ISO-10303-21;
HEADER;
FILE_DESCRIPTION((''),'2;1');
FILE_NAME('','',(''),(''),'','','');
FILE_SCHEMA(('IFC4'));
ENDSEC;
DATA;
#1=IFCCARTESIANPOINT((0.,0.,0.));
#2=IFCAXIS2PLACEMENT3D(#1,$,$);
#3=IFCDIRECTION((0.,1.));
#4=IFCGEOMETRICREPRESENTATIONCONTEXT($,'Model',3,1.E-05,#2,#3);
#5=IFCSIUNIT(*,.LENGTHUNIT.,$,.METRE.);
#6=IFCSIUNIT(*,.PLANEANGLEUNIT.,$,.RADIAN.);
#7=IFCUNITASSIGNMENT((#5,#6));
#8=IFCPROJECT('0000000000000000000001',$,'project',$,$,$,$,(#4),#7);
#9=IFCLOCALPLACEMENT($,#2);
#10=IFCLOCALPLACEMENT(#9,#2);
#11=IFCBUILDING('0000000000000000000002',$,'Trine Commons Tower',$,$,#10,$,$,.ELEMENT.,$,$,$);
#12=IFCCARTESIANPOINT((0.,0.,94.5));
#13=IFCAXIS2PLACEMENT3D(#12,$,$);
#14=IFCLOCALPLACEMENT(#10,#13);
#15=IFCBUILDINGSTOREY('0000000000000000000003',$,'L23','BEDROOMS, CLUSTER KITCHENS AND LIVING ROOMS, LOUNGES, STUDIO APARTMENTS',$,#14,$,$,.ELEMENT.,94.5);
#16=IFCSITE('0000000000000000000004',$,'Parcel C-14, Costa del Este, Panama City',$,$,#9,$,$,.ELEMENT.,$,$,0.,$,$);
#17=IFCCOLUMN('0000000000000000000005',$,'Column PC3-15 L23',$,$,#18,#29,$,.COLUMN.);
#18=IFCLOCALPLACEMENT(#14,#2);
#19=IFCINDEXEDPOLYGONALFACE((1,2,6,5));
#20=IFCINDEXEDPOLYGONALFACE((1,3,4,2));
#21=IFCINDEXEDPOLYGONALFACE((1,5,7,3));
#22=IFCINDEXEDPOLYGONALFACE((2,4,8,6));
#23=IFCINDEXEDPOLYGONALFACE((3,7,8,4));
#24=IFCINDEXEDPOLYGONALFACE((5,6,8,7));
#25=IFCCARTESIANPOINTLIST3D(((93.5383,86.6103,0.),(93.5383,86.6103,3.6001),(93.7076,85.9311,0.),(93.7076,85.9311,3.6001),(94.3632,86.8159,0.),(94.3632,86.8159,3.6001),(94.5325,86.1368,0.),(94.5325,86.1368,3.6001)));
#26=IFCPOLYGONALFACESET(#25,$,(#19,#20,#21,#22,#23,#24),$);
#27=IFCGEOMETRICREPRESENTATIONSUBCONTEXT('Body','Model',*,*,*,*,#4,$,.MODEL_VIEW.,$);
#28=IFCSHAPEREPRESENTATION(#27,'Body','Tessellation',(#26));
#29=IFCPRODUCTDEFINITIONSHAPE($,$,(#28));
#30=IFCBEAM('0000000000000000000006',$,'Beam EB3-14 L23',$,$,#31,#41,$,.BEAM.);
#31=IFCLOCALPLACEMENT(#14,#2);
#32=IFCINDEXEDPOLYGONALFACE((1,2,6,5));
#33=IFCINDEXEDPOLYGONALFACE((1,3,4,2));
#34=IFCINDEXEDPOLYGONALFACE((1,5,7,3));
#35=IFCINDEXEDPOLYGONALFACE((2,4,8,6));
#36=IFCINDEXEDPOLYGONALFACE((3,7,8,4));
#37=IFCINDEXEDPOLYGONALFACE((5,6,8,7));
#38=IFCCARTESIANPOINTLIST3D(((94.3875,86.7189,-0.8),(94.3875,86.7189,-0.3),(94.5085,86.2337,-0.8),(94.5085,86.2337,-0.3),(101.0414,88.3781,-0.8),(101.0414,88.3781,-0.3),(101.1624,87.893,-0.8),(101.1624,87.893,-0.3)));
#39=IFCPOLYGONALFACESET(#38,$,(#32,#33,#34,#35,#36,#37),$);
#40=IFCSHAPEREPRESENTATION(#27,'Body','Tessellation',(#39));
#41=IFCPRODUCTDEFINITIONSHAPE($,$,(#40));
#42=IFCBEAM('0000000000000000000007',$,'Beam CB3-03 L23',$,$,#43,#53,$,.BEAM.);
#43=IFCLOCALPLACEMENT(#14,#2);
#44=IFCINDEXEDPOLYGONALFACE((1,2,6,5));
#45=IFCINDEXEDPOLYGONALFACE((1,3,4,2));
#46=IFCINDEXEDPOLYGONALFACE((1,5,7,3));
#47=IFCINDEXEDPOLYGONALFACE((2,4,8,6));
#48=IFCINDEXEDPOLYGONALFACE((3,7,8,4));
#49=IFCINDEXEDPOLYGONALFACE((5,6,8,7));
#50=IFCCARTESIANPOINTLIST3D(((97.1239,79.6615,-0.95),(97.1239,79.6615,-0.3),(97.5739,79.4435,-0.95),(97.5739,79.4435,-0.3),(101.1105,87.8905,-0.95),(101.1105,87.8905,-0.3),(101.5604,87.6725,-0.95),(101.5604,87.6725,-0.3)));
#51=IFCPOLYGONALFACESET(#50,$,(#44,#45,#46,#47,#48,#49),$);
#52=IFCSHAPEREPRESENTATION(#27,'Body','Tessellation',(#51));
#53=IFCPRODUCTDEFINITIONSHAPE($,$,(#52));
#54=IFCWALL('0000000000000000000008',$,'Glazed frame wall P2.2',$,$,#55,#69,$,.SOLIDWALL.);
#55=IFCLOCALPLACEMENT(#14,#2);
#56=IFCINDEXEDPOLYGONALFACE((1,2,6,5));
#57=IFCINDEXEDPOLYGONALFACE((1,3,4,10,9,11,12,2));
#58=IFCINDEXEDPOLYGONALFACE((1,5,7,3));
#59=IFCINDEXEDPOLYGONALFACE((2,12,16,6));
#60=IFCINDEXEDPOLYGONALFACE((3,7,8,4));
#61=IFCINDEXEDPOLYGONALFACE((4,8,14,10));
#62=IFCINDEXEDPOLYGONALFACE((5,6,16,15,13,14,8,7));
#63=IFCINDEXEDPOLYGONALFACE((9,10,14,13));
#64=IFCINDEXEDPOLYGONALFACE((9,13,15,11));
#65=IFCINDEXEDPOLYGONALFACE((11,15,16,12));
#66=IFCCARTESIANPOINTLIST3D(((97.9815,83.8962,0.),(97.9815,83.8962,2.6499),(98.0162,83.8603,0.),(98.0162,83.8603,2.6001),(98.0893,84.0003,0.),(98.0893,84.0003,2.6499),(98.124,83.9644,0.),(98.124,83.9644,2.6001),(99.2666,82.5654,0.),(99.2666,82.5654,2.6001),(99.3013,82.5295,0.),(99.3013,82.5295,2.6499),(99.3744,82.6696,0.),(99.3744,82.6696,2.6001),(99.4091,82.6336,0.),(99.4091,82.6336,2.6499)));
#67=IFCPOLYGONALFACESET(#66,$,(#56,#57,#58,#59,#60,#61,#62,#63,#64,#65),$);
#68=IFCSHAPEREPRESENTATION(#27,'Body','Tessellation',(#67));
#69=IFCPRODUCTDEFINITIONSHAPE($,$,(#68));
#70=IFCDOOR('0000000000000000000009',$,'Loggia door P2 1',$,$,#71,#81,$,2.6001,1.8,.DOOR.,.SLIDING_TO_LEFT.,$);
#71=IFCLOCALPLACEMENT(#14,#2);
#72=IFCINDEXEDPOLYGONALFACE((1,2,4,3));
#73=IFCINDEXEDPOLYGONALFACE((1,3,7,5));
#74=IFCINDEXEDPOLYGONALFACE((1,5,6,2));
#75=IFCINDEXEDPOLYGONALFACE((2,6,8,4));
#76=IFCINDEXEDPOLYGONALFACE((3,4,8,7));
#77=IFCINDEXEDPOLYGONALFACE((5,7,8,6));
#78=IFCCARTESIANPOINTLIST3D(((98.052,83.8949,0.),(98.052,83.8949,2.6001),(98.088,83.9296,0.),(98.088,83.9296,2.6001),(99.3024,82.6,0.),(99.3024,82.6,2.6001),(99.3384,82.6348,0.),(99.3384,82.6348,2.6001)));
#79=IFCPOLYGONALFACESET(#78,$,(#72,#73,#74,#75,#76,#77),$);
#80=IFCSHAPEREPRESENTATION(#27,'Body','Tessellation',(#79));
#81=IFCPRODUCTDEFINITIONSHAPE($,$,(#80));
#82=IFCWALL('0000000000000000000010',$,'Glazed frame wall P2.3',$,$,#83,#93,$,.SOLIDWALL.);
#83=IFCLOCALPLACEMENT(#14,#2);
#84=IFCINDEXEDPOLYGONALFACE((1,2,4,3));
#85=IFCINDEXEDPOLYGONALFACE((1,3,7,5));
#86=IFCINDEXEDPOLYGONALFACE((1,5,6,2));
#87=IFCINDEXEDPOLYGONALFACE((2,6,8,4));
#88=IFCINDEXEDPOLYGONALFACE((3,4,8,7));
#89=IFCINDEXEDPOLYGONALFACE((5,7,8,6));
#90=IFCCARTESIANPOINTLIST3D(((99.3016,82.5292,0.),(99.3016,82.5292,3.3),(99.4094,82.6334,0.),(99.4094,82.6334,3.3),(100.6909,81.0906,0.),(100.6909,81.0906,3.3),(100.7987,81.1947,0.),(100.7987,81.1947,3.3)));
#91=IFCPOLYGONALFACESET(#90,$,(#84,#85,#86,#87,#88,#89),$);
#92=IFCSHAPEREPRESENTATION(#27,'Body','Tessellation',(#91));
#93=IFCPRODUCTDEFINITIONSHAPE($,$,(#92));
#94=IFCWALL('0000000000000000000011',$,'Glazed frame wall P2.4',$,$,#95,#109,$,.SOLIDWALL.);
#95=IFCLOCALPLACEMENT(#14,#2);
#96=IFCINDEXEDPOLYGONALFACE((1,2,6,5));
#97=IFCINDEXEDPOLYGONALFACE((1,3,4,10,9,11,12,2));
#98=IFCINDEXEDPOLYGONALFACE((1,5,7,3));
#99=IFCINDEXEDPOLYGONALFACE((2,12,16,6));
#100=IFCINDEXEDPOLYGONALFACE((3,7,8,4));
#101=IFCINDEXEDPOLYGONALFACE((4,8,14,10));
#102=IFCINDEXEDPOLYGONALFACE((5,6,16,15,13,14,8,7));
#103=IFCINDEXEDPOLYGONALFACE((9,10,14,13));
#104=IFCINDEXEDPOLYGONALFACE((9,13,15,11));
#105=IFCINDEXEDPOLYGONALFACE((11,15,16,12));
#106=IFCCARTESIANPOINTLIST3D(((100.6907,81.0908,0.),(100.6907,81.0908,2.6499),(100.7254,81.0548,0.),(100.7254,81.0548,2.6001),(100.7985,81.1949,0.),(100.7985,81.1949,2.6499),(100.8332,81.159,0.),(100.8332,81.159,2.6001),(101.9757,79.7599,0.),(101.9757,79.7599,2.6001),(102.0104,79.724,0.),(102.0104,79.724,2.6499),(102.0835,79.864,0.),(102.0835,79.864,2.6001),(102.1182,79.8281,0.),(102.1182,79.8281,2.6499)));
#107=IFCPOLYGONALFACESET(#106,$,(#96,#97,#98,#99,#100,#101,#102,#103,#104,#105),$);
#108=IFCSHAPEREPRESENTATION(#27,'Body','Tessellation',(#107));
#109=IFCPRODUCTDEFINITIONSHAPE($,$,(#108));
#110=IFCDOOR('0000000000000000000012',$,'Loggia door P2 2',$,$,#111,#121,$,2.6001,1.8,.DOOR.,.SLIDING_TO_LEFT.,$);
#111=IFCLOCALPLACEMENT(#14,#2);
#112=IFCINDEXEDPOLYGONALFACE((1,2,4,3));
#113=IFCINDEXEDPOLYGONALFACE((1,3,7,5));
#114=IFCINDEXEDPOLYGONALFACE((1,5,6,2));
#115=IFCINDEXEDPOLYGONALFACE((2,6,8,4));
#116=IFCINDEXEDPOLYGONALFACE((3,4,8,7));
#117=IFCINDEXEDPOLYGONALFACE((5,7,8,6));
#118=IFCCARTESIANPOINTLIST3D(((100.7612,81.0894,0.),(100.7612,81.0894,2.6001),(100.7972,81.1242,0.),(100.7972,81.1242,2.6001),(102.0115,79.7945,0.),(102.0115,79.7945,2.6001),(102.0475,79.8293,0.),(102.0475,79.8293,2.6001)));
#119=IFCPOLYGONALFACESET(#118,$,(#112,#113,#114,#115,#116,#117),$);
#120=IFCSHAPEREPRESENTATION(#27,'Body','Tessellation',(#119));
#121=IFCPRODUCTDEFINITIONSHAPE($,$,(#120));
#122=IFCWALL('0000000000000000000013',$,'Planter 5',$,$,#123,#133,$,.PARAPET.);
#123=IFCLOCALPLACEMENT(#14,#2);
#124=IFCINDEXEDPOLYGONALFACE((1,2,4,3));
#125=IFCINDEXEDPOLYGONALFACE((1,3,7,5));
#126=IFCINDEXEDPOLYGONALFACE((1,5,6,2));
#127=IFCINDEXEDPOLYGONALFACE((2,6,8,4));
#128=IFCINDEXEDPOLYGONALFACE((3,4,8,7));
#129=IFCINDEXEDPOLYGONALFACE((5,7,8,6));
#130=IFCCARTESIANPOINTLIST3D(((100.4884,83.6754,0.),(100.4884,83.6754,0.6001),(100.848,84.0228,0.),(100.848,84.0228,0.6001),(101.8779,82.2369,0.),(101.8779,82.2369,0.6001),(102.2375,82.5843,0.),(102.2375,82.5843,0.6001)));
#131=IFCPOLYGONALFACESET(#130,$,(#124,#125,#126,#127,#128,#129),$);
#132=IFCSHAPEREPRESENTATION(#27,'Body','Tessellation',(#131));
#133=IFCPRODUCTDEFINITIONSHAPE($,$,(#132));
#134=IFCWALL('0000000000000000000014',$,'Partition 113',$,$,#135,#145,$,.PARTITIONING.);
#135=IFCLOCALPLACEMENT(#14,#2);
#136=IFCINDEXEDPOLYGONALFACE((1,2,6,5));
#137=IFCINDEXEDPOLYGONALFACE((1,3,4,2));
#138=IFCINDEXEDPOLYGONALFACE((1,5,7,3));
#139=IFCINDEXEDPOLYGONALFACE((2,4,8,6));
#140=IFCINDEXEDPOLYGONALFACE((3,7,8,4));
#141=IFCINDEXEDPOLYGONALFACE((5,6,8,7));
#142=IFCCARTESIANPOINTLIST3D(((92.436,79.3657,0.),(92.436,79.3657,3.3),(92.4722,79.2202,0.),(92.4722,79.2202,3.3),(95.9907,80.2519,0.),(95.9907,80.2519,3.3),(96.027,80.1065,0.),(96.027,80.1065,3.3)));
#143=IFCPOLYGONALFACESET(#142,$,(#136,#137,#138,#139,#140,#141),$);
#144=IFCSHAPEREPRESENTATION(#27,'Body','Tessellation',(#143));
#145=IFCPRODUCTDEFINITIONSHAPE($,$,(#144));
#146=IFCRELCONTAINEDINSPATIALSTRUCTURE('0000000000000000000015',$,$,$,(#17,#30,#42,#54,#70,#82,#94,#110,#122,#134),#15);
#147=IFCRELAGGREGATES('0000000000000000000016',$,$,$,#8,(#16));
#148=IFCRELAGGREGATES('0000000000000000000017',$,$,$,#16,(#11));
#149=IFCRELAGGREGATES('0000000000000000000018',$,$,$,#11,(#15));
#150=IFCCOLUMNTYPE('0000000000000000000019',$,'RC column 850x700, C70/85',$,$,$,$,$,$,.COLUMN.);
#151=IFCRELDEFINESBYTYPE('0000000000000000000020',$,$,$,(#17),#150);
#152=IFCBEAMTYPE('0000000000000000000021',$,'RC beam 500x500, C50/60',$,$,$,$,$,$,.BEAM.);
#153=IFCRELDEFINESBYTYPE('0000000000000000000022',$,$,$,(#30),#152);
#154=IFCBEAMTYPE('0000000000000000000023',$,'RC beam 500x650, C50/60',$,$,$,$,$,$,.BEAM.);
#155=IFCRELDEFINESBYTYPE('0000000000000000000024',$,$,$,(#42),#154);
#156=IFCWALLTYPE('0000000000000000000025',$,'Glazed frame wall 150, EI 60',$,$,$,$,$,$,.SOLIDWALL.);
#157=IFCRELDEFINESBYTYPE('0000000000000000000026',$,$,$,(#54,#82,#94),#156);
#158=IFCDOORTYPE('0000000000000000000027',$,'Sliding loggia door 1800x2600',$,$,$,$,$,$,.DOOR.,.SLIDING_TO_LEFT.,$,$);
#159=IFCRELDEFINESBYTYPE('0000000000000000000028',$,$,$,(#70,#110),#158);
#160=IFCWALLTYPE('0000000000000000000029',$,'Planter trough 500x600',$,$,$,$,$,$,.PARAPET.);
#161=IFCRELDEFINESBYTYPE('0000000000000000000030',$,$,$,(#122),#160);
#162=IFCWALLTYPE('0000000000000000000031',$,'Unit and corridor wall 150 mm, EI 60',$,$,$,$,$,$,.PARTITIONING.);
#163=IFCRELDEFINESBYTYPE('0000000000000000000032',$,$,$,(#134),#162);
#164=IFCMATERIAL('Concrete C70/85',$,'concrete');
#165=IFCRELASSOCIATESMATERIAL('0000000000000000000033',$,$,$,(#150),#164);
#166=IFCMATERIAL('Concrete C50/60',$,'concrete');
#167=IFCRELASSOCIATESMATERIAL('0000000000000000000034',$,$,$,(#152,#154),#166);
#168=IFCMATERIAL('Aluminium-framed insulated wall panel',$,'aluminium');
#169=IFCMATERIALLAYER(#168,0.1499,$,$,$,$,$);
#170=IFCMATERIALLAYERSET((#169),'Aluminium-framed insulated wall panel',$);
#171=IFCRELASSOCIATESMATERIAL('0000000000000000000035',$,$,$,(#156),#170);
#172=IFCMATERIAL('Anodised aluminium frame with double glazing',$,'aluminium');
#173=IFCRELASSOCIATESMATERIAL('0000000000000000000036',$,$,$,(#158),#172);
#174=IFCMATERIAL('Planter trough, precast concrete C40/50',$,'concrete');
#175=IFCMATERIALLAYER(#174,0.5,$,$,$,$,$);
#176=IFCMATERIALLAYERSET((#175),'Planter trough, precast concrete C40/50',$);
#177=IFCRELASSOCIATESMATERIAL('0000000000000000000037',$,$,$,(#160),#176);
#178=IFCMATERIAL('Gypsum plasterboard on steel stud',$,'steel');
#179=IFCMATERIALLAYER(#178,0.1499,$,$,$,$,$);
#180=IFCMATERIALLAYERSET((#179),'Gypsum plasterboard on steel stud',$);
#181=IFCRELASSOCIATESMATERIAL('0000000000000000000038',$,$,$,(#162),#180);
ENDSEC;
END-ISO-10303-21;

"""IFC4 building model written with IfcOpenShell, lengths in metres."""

from ifc_helpers import new_model, si_unit, direction, frame, frame_2d, origin, origin_2d, place, context, subcontext, project, spatial, polyline, rectangle, outline, extrude, material, layer, layer_set, material_profile, profile_set, type_object, element, fill, save


model = new_model("IFC4")

# Units and contexts
model_context = context("Model", 3, precision=1e-05, world=origin(), true_north=direction((0.0, 1.0)))
body_context = subcontext(model_context, "Body", "Model", "MODEL_VIEW")
ifc_project = project(units=[si_unit("LENGTHUNIT", "METRE"), si_unit("PLANEANGLEUNIT", "RADIAN")], contexts=[model_context])

# Site, building, storey
site_placement = place(None, origin())
site = spatial("IfcSite", under=ifc_project, at=site_placement, Name="Parcel C-14, Costa del Este, Panama City", CompositionType="ELEMENT", RefElevation=0.0)
building_placement = place(site_placement, origin())
building = spatial("IfcBuilding", under=site, at=building_placement, Name="Trine Commons Tower", CompositionType="ELEMENT")
storey_placement = place(building_placement, frame((0.0, 0.0, 94.5)))
storey = spatial("IfcBuildingStorey", under=building, at=storey_placement, Name="L23", Description="BEDROOMS, CLUSTER KITCHENS AND LIVING ROOMS, LOUNGES, STUDIO APARTMENTS", CompositionType="ELEMENT", Elevation=94.5)

# Column
ifc_material_1 = material(Name="Concrete C70/85", Category="concrete")
ifc_material_profile_1 = material_profile(ifc_material_1, rectangle(XDim=0.8501, YDim=0.7, at=origin_2d()), Name="RC 850x700")
ifc_profile_set_1 = profile_set([ifc_material_profile_1], Name="Concrete C70/85")
column_type = type_object("IfcColumnType", Name="RC column 850x700, C70/85", PredefinedType="COLUMN", material=ifc_profile_set_1)
column_placement = place(storey_placement, frame((94.0354, 86.3735, 0.0), z_axis=(0.0, 0.0, 1.0), x_axis=(0.970296, 0.241922, 0.0)))
element("IfcColumn", 1, at=column_placement, inside=storey, type_object=column_type, Name="Column PC3-15 L23", PredefinedType="COLUMN", context=body_context, shape_type="SweptSolid", body=[
    extrude(rectangle(XDim=0.8501, YDim=0.7, at=origin_2d()), origin(), (0.0, 0.0, 1.0), 3.6001),
])

# Beams
ifc_material_2 = material(Name="Concrete C50/60", Category="concrete")
ifc_material_profile_2 = material_profile(ifc_material_2, rectangle(XDim=0.5, YDim=0.5, at=origin_2d()), Name="RC 500x500")
ifc_profile_set_2 = profile_set([ifc_material_profile_2], Name="Concrete C50/60")
beam_type_1 = type_object("IfcBeamType", Name="RC beam 500x500, C50/60", PredefinedType="BEAM", material=ifc_profile_set_2)
beam_1_placement = place(storey_placement, frame((94.448, 86.4763, -0.55), z_axis=(0.970289, 0.241949, 0.0), x_axis=(-0.241949, 0.970289, 0.0)))
element("IfcBeam", 2, at=beam_1_placement, inside=storey, type_object=beam_type_1, Name="Beam EB3-14 L23", PredefinedType="BEAM", context=body_context, shape_type="SweptSolid", body=[
    extrude(rectangle(XDim=0.5, YDim=0.5, at=origin_2d()), origin(), (0.0, 0.0, 1.0), 6.8577),
])
ifc_material_profile_3 = material_profile(ifc_material_2, rectangle(XDim=0.5, YDim=0.6499, at=origin_2d()), Name="RC 500x650")
ifc_profile_set_3 = profile_set([ifc_material_profile_3], Name="Concrete C50/60")
beam_type_2 = type_object("IfcBeamType", Name="RC beam 500x650, C50/60", PredefinedType="BEAM", material=ifc_profile_set_3)
beam_2_placement = place(storey_placement, frame((101.3354, 87.7815, -0.625), z_axis=(-0.435986, -0.899953, 0.0), x_axis=(0.899953, -0.435986, 0.0)))
element("IfcBeam", 3, at=beam_2_placement, inside=storey, type_object=beam_type_2, Name="Beam CB3-03 L23", PredefinedType="BEAM", context=body_context, shape_type="SweptSolid", body=[
    extrude(rectangle(XDim=0.5, YDim=0.6499, at=origin_2d()), origin(), (0.0, 0.0, 1.0), 9.1438),
])

# Shared definitions
ifc_material_3 = material(Name="Aluminium-framed insulated wall panel", Category="aluminium")
ifc_layer_1 = layer(ifc_material_3, 0.1499)
ifc_layer_set_1 = layer_set([ifc_layer_1], Name="Aluminium-framed insulated wall panel")
wall_type_1 = type_object("IfcWallType", Name="Glazed frame wall 150, EI 60", PredefinedType="SOLIDWALL", material=ifc_layer_set_1)

# Wall, opening, door
wall_1_placement = place(storey_placement, frame((98.0354, 83.9482, 0.0), z_axis=(0.0, 0.0, 1.0), x_axis=(0.694666, -0.719333, 0.0)))
wall_1 = element("IfcWall", 4, at=wall_1_placement, inside=storey, type_object=wall_type_1, Name="Glazed frame wall P2.2", PredefinedType="SOLIDWALL", context=body_context, shape_type="SweptSolid", body=[
    extrude(outline(polyline([(0.0, -0.075), (1.8999, -0.075), (1.8999, 0.075), (0.0, 0.075), (0.0, -0.075)])), origin(), (0.0, 0.0, 1.0), 2.6499),
])
opening_1_placement = place(wall_1_placement, frame((0.05, 0.0, 0.0)))
opening_1 = element("IfcOpeningElement", 5, at=opening_1_placement, cuts=wall_1, PredefinedType="OPENING", context=body_context, shape_type="SweptSolid", body=[
    extrude(rectangle(XDim=1.8, YDim=2.6001, at=frame_2d((0.8999, 1.3))), frame((0.0, 0.085, 0.0), z_axis=(0.0, -1.0, 0.0), x_axis=(1.0, 0.0, 0.0)), (0.0, 0.0, 1.0), 0.1699),
])
ifc_material_4 = material(Name="Anodised aluminium frame with double glazing", Category="aluminium")
door_type_1 = type_object("IfcDoorType", Name="Sliding loggia door 1800x2600", OperationType="SLIDING_TO_LEFT", PredefinedType="DOOR", material=ifc_material_4)
door_1_placement = place(opening_1_placement, origin())
door_1 = element("IfcDoor", 6, at=door_1_placement, inside=storey, type_object=door_type_1, Name="Loggia door P2 1", OperationType="SLIDING_TO_LEFT", OverallHeight=2.6001, OverallWidth=1.8, PredefinedType="DOOR", context=body_context, shape_type="SweptSolid", body=[
    extrude(rectangle(XDim=1.8, YDim=2.6001, at=frame_2d((0.8999, 1.3))), frame((0.0, 0.0249, 0.0), z_axis=(0.0, -1.0, 0.0), x_axis=(1.0, 0.0, 0.0)), (0.0, 0.0, 1.0), 0.05),
])
fill(opening_1, door_1)

# Wall
wall_2_placement = place(storey_placement, frame((99.3555, 82.5813, 0.0), z_axis=(0.0, 0.0, 1.0), x_axis=(0.694669, -0.71933, 0.0)))
element("IfcWall", 7, at=wall_2_placement, inside=storey, type_object=wall_type_1, Name="Glazed frame wall P2.3", PredefinedType="SOLIDWALL", context=body_context, shape_type="SweptSolid", body=[
    extrude(outline(polyline([(0.0, -0.075), (2.0, -0.075), (2.0, 0.075), (0.0, 0.075), (0.0, -0.075)])), origin(), (0.0, 0.0, 1.0), 3.3),
])

# Wall, opening, door
wall_3_placement = place(storey_placement, frame((100.7446, 81.1428, 0.0), z_axis=(0.0, 0.0, 1.0), x_axis=(0.694599, -0.719397, 0.0)))
wall_3 = element("IfcWall", 8, at=wall_3_placement, inside=storey, type_object=wall_type_1, Name="Glazed frame wall P2.4", PredefinedType="SOLIDWALL", context=body_context, shape_type="SweptSolid", body=[
    extrude(outline(polyline([(0.0, -0.075), (1.8999, -0.075), (1.8999, 0.075), (0.0, 0.075), (0.0, -0.075)])), origin(), (0.0, 0.0, 1.0), 2.6499),
])
opening_2_placement = place(wall_3_placement, frame((0.05, 0.0, 0.0)))
opening_2 = element("IfcOpeningElement", 9, at=opening_2_placement, cuts=wall_3, PredefinedType="OPENING", context=body_context, shape_type="SweptSolid", body=[
    extrude(rectangle(XDim=1.8, YDim=2.6001, at=frame_2d((0.8999, 1.3))), frame((0.0, 0.085, 0.0), z_axis=(0.0, -1.0, 0.0), x_axis=(1.0, 0.0, 0.0)), (0.0, 0.0, 1.0), 0.1699),
])
door_2_placement = place(opening_2_placement, origin())
door_2 = element("IfcDoor", 10, at=door_2_placement, inside=storey, type_object=door_type_1, Name="Loggia door P2 2", OperationType="SLIDING_TO_LEFT", OverallHeight=2.6001, OverallWidth=1.8, PredefinedType="DOOR", context=body_context, shape_type="SweptSolid", body=[
    extrude(rectangle(XDim=1.8, YDim=2.6001, at=frame_2d((0.8999, 1.3))), frame((0.0, 0.0249, 0.0), z_axis=(0.0, -1.0, 0.0), x_axis=(1.0, 0.0, 0.0)), (0.0, 0.0, 1.0), 0.05),
])
fill(opening_2, door_2)

# Walls
ifc_material_5 = material(Name="Planter trough, precast concrete C40/50", Category="concrete")
ifc_layer_2 = layer(ifc_material_5, 0.5)
ifc_layer_set_2 = layer_set([ifc_layer_2], Name="Planter trough, precast concrete C40/50")
wall_type_2 = type_object("IfcWallType", Name="Planter trough 500x600", PredefinedType="PARAPET", material=ifc_layer_set_2)
wall_4_placement = place(storey_placement, frame((100.6682, 83.8491, 0.0), z_axis=(0.0, 0.0, 1.0), x_axis=(0.694732, -0.719269, 0.0)))
element("IfcWall", 11, at=wall_4_placement, inside=storey, type_object=wall_type_2, Name="Planter 5", PredefinedType="PARAPET", context=body_context, shape_type="SweptSolid", body=[
    extrude(rectangle(XDim=2.0, YDim=0.5, at=frame_2d((1.0, 0.0))), origin(), (0.0, 0.0, 1.0), 0.6001),
])
ifc_material_6 = material(Name="Gypsum plasterboard on steel stud", Category="steel")
ifc_layer_3 = layer(ifc_material_6, 0.1499)
ifc_layer_set_3 = layer_set([ifc_layer_3], Name="Gypsum plasterboard on steel stud")
wall_type_3 = type_object("IfcWallType", Name="Unit and corridor wall 150 mm, EI 60", PredefinedType="PARTITIONING", material=ifc_layer_set_3)
wall_5_placement = place(storey_placement, frame((92.4541, 79.293, 0.0), z_axis=(0.0, 0.0, 1.0), x_axis=(0.970299, 0.241908, 0.0)))
element("IfcWall", 12, at=wall_5_placement, inside=storey, type_object=wall_type_3, Name="Partition 113", PredefinedType="PARTITIONING", context=body_context, shape_type="SweptSolid", body=[
    extrude(rectangle(XDim=3.6636, YDim=0.1499, at=frame_2d((1.8318, 0.0))), origin(), (0.0, 0.0, 1.0), 3.3),
])

save(model, "model.ifc")
